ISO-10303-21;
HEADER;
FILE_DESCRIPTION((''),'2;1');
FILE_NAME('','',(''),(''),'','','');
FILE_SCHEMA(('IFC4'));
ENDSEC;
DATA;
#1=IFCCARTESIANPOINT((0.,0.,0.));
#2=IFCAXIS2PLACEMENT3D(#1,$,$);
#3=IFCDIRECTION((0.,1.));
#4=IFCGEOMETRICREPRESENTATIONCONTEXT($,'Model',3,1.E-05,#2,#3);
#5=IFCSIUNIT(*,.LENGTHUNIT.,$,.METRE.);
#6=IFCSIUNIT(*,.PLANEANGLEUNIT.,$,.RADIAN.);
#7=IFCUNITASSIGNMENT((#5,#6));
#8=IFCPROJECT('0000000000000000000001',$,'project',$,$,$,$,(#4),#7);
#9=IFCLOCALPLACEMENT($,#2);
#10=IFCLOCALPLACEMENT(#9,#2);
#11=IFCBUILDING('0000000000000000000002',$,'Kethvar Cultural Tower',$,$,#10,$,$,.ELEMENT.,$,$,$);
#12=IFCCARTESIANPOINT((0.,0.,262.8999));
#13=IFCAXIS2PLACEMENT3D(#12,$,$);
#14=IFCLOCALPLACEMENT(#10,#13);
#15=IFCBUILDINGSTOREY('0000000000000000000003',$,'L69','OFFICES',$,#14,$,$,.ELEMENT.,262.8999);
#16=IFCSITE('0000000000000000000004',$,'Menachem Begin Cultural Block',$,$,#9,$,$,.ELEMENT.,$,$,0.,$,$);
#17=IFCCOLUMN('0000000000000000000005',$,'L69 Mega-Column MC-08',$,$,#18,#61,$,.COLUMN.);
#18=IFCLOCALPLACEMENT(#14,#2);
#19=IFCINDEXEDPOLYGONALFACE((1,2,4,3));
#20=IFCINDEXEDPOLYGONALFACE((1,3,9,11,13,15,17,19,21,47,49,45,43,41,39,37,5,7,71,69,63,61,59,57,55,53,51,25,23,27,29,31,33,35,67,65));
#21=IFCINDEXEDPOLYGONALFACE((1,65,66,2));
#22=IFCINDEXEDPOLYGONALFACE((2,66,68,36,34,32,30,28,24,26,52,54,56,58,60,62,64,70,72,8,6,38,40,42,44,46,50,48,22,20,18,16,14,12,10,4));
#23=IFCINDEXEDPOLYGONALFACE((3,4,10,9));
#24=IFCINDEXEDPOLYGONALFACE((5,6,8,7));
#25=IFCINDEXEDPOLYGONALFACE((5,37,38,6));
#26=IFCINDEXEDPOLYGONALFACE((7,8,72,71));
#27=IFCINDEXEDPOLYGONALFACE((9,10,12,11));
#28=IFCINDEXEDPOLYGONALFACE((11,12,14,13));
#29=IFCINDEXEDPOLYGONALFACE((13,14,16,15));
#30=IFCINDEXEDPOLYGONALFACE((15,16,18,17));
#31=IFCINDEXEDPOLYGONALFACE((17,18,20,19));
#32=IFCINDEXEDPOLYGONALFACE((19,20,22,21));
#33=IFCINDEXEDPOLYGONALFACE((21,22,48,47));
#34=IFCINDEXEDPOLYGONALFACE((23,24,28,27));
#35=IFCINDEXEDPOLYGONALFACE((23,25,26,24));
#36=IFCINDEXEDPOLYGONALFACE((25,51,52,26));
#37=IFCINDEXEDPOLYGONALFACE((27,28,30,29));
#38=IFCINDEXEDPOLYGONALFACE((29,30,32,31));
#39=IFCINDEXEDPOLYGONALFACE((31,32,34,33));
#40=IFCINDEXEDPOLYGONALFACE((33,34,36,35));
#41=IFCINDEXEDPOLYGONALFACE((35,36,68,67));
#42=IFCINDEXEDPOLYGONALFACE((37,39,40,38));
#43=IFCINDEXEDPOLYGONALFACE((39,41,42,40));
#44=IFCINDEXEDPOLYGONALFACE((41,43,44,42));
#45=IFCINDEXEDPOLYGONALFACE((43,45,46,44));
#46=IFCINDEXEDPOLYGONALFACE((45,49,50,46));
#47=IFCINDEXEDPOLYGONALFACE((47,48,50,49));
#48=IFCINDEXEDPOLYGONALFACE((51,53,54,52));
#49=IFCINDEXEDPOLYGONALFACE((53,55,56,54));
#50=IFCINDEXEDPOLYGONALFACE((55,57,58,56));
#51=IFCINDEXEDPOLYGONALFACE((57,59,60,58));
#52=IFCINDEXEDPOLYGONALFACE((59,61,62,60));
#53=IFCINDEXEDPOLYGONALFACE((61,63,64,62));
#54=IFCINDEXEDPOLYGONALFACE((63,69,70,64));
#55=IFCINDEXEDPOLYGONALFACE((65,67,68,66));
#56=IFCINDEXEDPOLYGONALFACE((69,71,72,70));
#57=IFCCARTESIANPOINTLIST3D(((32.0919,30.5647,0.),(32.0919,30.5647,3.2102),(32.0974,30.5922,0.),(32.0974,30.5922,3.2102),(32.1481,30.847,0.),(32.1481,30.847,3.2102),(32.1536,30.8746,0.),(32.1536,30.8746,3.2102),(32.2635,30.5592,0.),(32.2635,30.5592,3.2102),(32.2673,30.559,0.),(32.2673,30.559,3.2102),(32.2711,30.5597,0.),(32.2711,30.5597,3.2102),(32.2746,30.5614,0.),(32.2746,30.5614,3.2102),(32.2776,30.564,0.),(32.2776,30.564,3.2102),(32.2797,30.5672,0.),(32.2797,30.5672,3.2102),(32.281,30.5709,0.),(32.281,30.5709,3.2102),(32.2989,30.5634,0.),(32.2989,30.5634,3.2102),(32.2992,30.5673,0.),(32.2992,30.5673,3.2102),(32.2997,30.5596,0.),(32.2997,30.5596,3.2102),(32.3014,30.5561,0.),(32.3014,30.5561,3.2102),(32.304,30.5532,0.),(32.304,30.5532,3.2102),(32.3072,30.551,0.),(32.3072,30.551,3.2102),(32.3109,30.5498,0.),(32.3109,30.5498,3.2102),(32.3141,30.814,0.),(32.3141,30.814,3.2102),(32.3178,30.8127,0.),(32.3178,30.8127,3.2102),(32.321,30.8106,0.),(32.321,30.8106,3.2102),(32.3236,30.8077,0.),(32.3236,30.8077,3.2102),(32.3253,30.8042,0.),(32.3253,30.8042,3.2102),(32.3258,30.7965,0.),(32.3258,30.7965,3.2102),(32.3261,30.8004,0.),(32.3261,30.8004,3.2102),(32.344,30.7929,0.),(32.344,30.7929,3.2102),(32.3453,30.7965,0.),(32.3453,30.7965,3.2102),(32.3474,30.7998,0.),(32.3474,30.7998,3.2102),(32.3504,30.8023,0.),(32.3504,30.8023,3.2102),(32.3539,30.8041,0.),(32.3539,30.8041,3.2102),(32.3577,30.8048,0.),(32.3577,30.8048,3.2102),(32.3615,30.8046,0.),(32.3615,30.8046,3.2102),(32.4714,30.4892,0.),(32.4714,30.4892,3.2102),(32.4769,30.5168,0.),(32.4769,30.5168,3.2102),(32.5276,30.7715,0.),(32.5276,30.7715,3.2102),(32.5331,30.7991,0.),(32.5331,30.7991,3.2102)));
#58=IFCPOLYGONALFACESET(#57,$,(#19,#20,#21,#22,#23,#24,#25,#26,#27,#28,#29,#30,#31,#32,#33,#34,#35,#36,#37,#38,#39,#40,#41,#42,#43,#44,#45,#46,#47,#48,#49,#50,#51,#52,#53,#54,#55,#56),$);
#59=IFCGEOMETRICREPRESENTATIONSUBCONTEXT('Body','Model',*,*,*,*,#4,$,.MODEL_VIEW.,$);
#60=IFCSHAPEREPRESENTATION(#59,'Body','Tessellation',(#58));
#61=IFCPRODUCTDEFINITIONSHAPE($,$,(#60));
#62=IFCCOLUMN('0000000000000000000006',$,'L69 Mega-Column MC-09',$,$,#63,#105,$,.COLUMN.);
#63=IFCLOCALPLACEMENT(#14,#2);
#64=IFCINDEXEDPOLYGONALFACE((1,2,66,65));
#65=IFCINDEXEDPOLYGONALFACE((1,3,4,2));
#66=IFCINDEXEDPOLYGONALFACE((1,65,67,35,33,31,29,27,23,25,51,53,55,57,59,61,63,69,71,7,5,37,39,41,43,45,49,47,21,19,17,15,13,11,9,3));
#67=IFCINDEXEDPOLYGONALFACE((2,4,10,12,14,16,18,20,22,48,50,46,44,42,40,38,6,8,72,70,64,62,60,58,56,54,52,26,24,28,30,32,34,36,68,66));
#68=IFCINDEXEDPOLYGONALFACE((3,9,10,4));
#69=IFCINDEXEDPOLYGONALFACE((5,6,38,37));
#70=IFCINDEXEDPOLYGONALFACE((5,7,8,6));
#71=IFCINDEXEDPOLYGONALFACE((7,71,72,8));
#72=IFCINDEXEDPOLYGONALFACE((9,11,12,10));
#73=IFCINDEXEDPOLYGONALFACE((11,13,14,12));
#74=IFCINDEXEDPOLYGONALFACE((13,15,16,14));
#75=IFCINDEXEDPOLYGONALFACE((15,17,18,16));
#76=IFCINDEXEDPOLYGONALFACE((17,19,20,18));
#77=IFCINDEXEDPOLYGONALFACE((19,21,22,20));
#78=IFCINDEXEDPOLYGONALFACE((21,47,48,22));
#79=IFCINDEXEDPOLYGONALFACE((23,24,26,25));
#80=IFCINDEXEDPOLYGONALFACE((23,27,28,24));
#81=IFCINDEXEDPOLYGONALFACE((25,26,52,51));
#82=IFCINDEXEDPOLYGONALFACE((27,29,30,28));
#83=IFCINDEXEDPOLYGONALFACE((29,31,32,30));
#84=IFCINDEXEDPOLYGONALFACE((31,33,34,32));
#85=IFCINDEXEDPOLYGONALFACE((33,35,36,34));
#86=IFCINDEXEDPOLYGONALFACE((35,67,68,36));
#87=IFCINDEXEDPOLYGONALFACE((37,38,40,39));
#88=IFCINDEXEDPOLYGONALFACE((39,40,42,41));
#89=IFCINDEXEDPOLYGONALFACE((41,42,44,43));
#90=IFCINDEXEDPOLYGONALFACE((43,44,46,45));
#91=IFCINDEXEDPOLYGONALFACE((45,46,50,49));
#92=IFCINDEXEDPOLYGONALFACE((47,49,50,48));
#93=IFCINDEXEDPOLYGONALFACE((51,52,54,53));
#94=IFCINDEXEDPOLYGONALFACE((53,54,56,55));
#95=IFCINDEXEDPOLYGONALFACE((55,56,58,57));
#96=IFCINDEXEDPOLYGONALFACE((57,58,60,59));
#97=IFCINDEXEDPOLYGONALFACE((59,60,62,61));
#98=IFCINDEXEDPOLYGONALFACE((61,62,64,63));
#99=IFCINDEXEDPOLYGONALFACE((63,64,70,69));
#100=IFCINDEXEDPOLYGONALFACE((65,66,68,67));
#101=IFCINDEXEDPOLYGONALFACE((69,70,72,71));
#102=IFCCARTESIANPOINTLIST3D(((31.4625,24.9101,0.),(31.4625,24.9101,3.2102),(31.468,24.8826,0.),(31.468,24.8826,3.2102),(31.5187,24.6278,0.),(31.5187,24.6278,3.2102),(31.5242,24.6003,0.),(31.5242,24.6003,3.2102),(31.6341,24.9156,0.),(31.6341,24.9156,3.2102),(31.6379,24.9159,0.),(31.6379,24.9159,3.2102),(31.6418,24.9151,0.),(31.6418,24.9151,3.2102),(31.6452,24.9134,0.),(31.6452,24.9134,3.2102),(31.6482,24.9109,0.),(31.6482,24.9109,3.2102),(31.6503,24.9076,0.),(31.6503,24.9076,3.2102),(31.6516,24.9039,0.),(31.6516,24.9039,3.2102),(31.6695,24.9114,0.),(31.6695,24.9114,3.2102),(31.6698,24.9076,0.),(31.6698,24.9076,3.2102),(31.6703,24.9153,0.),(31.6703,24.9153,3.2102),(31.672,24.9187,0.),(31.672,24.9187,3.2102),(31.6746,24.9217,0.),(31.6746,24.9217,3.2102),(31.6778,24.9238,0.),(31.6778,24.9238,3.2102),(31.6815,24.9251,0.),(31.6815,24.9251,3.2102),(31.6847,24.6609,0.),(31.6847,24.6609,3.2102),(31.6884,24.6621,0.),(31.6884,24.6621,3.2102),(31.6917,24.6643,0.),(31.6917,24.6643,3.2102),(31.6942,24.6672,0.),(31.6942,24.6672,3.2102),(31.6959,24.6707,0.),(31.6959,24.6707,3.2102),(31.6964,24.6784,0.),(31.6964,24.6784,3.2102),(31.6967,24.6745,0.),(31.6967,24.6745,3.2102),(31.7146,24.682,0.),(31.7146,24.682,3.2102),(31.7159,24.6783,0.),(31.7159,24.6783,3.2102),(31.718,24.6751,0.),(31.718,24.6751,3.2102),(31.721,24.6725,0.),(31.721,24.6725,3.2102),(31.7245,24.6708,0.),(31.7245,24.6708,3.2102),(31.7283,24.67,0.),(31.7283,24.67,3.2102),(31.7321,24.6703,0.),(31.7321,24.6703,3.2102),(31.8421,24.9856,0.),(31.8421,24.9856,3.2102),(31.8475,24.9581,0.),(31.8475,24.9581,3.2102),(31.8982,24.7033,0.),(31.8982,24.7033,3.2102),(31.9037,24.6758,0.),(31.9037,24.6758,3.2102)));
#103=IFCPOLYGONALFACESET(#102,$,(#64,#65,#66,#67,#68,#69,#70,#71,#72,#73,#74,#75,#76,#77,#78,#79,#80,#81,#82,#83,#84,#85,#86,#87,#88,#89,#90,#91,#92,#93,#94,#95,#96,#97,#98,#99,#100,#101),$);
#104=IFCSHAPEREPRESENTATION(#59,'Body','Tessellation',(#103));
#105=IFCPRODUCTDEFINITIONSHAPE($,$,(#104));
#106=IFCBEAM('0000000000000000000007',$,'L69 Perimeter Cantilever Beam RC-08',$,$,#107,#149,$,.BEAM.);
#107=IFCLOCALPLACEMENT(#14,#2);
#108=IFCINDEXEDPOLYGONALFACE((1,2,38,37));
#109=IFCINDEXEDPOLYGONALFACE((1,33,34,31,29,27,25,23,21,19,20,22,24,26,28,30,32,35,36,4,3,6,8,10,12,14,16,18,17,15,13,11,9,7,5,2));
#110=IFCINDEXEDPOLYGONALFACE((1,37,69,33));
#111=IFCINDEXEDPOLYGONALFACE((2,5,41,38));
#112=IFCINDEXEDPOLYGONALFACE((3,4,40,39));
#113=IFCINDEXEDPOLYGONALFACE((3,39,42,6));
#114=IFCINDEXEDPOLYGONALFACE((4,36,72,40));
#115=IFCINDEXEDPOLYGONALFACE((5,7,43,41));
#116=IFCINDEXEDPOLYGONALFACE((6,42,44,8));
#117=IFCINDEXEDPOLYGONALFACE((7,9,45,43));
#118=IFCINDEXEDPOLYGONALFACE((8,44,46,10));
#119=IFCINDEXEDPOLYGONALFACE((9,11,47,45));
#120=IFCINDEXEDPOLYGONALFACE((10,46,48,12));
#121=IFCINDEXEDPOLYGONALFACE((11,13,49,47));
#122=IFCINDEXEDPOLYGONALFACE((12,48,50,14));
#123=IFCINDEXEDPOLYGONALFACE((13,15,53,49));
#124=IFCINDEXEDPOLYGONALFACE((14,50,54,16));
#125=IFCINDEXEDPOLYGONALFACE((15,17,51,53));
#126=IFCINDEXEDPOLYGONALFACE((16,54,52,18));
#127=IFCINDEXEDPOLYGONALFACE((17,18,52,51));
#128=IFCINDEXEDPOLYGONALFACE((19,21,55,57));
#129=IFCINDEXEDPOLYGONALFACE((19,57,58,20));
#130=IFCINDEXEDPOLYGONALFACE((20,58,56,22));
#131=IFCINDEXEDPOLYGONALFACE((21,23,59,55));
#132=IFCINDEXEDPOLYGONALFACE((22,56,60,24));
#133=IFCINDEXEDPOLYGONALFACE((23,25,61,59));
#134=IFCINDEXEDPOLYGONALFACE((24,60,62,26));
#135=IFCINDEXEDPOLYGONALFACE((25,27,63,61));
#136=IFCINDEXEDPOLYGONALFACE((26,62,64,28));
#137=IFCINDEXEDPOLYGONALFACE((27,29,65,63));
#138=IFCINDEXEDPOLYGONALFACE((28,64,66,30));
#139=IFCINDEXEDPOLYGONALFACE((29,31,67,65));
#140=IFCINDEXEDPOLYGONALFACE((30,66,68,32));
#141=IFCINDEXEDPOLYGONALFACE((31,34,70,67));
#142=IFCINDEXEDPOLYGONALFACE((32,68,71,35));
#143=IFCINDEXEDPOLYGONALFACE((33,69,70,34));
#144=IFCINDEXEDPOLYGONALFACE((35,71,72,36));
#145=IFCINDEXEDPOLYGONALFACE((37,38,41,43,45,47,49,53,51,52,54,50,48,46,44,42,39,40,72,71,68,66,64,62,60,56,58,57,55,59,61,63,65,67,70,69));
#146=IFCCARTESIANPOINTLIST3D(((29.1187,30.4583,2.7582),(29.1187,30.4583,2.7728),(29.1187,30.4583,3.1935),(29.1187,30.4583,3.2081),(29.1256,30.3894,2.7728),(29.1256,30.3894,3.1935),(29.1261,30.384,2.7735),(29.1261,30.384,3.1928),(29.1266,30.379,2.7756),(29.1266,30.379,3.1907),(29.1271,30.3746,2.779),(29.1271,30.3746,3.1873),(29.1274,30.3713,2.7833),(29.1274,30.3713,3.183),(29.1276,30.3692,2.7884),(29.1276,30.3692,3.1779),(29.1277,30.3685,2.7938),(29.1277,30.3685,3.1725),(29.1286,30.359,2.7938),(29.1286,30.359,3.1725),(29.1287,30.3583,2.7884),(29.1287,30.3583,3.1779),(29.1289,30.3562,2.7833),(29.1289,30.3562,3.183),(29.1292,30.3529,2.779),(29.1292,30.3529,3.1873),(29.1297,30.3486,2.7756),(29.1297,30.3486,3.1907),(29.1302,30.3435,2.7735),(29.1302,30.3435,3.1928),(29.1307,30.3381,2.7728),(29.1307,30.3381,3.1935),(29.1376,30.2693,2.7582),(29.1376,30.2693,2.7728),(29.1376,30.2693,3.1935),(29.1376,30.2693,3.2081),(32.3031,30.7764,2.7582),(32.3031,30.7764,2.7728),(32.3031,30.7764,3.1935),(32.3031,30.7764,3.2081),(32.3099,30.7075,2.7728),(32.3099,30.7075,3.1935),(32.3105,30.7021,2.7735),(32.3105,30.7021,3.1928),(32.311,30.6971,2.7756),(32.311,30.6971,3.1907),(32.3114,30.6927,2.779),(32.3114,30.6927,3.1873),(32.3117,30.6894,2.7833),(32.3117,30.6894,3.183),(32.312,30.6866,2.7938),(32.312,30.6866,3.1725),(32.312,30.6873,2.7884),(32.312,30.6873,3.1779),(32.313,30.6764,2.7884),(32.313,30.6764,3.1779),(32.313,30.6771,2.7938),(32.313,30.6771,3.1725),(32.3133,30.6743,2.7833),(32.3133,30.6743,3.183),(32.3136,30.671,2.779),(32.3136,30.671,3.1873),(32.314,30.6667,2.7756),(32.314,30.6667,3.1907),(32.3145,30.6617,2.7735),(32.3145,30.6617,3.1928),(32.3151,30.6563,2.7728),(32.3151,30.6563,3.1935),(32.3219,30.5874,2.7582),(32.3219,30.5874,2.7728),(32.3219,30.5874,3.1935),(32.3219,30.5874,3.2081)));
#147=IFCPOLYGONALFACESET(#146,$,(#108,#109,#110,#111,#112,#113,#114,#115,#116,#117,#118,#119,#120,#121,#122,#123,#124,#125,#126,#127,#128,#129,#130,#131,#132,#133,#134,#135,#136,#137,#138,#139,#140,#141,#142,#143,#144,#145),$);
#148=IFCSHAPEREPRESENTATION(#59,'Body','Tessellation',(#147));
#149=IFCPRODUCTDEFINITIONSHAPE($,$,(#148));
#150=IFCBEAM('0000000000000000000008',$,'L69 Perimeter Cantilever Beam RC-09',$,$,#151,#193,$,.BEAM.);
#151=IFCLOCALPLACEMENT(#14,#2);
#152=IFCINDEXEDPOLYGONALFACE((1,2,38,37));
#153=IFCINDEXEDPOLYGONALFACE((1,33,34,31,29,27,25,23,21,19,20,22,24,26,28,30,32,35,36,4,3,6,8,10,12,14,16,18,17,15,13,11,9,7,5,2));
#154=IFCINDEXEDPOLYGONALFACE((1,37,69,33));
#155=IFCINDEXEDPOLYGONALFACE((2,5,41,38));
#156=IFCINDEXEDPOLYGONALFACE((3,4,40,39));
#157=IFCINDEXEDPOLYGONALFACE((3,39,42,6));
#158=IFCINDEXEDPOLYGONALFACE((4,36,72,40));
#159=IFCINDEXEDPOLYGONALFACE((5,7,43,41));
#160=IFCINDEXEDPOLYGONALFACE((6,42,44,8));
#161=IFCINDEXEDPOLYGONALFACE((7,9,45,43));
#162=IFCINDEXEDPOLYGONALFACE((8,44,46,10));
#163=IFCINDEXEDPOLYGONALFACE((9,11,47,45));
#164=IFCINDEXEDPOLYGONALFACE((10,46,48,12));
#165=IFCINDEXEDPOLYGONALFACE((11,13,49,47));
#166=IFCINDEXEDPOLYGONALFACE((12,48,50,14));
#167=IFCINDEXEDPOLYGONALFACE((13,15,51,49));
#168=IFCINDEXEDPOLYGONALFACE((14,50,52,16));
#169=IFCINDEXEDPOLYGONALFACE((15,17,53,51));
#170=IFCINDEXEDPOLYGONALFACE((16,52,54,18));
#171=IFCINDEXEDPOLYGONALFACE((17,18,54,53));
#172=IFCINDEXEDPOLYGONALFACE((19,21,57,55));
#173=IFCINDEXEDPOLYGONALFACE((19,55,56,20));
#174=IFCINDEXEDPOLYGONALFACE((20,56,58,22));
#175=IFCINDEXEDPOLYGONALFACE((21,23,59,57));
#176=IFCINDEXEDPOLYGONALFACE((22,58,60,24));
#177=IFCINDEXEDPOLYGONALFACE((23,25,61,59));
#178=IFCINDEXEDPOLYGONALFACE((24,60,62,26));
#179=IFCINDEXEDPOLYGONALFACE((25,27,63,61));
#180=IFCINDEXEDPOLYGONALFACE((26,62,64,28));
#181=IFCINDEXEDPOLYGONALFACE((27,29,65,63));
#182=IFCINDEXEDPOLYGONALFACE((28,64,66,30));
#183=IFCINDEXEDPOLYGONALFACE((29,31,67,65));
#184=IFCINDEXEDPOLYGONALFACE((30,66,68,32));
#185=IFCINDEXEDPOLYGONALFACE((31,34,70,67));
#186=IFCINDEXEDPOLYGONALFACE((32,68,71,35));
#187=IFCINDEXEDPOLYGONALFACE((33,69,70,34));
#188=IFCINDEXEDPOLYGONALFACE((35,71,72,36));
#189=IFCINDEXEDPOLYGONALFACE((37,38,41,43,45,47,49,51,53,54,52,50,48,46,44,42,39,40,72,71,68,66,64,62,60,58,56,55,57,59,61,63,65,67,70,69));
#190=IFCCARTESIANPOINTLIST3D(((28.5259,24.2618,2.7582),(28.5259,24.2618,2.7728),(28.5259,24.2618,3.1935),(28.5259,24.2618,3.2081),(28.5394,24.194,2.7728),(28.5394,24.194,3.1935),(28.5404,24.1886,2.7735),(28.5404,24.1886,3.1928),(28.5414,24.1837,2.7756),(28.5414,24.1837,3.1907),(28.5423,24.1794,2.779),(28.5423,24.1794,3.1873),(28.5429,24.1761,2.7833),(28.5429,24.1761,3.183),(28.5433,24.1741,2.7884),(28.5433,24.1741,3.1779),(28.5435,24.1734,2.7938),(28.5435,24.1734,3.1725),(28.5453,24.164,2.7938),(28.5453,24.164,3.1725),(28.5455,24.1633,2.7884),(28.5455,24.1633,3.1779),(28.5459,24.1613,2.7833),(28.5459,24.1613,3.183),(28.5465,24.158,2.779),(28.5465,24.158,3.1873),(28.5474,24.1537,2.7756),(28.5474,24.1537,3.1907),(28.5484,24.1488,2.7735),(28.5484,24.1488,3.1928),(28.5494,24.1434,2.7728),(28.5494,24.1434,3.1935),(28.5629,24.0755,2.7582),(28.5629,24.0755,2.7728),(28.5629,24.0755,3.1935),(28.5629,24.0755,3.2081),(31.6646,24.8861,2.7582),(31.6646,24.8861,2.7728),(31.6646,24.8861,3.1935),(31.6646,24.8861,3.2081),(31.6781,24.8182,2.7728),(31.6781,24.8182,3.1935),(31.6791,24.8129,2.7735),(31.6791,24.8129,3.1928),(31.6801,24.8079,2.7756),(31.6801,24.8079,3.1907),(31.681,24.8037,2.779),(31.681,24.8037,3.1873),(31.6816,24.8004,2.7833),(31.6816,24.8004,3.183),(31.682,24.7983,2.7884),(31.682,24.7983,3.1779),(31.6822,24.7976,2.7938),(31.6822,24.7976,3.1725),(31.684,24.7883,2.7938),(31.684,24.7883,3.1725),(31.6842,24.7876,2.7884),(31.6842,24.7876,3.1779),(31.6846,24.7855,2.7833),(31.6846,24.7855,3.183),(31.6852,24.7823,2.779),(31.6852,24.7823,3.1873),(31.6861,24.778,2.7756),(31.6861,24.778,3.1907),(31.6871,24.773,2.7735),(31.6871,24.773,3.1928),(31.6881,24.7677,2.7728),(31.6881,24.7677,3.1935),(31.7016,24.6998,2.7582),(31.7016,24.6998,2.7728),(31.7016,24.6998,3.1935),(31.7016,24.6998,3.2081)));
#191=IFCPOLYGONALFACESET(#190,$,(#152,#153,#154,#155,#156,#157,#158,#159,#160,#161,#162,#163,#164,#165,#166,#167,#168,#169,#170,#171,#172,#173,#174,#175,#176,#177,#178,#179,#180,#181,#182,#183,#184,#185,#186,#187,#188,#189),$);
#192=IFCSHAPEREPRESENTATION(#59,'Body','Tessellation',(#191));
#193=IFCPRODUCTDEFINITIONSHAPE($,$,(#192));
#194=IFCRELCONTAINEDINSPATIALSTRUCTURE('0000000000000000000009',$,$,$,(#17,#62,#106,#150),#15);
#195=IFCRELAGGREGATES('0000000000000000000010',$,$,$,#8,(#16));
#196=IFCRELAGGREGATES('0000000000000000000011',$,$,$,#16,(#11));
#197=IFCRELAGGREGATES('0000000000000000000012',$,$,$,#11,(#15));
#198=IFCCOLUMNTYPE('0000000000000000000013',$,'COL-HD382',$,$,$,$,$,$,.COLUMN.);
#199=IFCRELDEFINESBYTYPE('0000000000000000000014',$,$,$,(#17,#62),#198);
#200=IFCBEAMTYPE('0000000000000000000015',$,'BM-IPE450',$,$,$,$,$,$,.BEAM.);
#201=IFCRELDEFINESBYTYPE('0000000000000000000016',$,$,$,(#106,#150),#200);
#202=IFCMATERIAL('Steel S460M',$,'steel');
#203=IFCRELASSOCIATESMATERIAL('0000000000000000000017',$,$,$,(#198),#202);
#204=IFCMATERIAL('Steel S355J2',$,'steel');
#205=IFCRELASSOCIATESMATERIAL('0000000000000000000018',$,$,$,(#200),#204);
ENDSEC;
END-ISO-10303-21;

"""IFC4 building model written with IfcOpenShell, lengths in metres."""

from ifc_helpers import new_model, si_unit, direction, frame, origin, origin_2d, place, context, subcontext, project, spatial, i_section, extrude, source, transform, mapped, material, material_profile, profile_set, type_object, element, save


model = new_model("IFC4")

# Units and contexts
model_context = context("Model", 3, precision=1e-05, world=origin(), true_north=direction((0.0, 1.0)))
body_context = subcontext(model_context, "Body", "Model", "MODEL_VIEW")
ifc_project = project(units=[si_unit("LENGTHUNIT", "METRE"), si_unit("PLANEANGLEUNIT", "RADIAN")], contexts=[model_context])

# Site, building, storey
site_placement = place(None, origin())
site = spatial("IfcSite", under=ifc_project, at=site_placement, Name="Menachem Begin Cultural Block", CompositionType="ELEMENT", RefElevation=0.0)
building_placement = place(site_placement, origin())
building = spatial("IfcBuilding", under=site, at=building_placement, Name="Kethvar Cultural Tower", CompositionType="ELEMENT")
storey_placement = place(building_placement, frame((0.0, 0.0, 262.8999)))
storey = spatial("IfcBuildingStorey", under=building, at=storey_placement, Name="L69", Description="OFFICES", CompositionType="ELEMENT", Elevation=262.8999)

# Columns
ifc_material_1 = material(Name="Steel S460M", Category="steel")
ifc_material_profile_1 = material_profile(ifc_material_1, i_section(OverallWidth=0.387, OverallDepth=0.3159, WebThickness=0.0186, FlangeThickness=0.0281, FilletRadius=0.0149, at=origin_2d()), Name="Steel S460M — HD400x382")
ifc_profile_set_1 = profile_set([ifc_material_profile_1], Name="Steel S460M — HD400x382")
column_type = type_object("IfcColumnType", Name="COL-HD382", PredefinedType="COLUMN", material=ifc_profile_set_1)
shared_shape_1 = source(origin(), body_context, "Body", "SweptSolid", [
    extrude(i_section(OverallWidth=0.387, OverallDepth=0.3159, WebThickness=0.0186, FlangeThickness=0.0281, FilletRadius=0.0149, at=origin_2d()), origin(), (0.0, 0.0, 1.0), 3.2102),
])
for number, where, z_axis, x_axis, name in (
    (1, (32.3125, 30.6819, 0.0), (0.0, 0.0, 1.0), (-0.980785, 0.19509, 0.0), "L69 Mega-Column MC-08"),
    (2, (31.6831, 24.793, 0.0), (0.0, 0.0, 1.0), (-0.980785, -0.19509, 0.0), "L69 Mega-Column MC-09"),
):
    element("IfcColumn", number, at=place(storey_placement, frame(where, z_axis=z_axis, x_axis=x_axis)), inside=storey, type_object=column_type, Name=name, PredefinedType="COLUMN", context=body_context, shape_type="MappedRepresentation", body=[
        mapped(shared_shape_1, transform((0.0, 0.0, 0.0), scale=1.0)),
    ])

# Beams
ifc_material_2 = material(Name="Steel S355J2", Category="steel")
ifc_material_profile_2 = material_profile(ifc_material_2, i_section(OverallWidth=0.1899, OverallDepth=0.45, WebThickness=0.0095, FlangeThickness=0.0146, FilletRadius=0.021, at=origin_2d()), Name="Steel S355J2 — IPE450")
ifc_profile_set_2 = profile_set([ifc_material_profile_2], Name="Steel S355J2 — IPE450")
beam_type_1 = type_object("IfcBeamType", Name="BM-IPE450", PredefinedType="BEAM", material=ifc_profile_set_2)
shared_shape_2 = source(origin(), body_context, "Body", "SweptSolid", [
    extrude(i_section(OverallWidth=0.1899, OverallDepth=0.45, WebThickness=0.0095, FlangeThickness=0.0146, FilletRadius=0.021, at=origin_2d()), origin(), (0.0, 0.0, 1.0), 3.2002),
])
for number, where, z_axis, x_axis, name in (
    (3, (32.3125, 30.6819, 2.9832), (-0.995047, -0.099406, 0.0), (0.099406, -0.995047, 0.0), "L69 Perimeter Cantilever Beam RC-08"),
    (4, (31.6831, 24.793, 2.9832), (-0.980788, -0.195074, 0.0), (0.195074, -0.980788, 0.0), "L69 Perimeter Cantilever Beam RC-09"),
):
    element("IfcBeam", number, at=place(storey_placement, frame(where, z_axis=z_axis, x_axis=x_axis)), inside=storey, type_object=beam_type_1, Name=name, PredefinedType="BEAM", context=body_context, shape_type="MappedRepresentation", body=[
        mapped(shared_shape_2, transform((0.0, 0.0, 0.0), scale=1.0)),
    ])

save(model, "model.ifc")
